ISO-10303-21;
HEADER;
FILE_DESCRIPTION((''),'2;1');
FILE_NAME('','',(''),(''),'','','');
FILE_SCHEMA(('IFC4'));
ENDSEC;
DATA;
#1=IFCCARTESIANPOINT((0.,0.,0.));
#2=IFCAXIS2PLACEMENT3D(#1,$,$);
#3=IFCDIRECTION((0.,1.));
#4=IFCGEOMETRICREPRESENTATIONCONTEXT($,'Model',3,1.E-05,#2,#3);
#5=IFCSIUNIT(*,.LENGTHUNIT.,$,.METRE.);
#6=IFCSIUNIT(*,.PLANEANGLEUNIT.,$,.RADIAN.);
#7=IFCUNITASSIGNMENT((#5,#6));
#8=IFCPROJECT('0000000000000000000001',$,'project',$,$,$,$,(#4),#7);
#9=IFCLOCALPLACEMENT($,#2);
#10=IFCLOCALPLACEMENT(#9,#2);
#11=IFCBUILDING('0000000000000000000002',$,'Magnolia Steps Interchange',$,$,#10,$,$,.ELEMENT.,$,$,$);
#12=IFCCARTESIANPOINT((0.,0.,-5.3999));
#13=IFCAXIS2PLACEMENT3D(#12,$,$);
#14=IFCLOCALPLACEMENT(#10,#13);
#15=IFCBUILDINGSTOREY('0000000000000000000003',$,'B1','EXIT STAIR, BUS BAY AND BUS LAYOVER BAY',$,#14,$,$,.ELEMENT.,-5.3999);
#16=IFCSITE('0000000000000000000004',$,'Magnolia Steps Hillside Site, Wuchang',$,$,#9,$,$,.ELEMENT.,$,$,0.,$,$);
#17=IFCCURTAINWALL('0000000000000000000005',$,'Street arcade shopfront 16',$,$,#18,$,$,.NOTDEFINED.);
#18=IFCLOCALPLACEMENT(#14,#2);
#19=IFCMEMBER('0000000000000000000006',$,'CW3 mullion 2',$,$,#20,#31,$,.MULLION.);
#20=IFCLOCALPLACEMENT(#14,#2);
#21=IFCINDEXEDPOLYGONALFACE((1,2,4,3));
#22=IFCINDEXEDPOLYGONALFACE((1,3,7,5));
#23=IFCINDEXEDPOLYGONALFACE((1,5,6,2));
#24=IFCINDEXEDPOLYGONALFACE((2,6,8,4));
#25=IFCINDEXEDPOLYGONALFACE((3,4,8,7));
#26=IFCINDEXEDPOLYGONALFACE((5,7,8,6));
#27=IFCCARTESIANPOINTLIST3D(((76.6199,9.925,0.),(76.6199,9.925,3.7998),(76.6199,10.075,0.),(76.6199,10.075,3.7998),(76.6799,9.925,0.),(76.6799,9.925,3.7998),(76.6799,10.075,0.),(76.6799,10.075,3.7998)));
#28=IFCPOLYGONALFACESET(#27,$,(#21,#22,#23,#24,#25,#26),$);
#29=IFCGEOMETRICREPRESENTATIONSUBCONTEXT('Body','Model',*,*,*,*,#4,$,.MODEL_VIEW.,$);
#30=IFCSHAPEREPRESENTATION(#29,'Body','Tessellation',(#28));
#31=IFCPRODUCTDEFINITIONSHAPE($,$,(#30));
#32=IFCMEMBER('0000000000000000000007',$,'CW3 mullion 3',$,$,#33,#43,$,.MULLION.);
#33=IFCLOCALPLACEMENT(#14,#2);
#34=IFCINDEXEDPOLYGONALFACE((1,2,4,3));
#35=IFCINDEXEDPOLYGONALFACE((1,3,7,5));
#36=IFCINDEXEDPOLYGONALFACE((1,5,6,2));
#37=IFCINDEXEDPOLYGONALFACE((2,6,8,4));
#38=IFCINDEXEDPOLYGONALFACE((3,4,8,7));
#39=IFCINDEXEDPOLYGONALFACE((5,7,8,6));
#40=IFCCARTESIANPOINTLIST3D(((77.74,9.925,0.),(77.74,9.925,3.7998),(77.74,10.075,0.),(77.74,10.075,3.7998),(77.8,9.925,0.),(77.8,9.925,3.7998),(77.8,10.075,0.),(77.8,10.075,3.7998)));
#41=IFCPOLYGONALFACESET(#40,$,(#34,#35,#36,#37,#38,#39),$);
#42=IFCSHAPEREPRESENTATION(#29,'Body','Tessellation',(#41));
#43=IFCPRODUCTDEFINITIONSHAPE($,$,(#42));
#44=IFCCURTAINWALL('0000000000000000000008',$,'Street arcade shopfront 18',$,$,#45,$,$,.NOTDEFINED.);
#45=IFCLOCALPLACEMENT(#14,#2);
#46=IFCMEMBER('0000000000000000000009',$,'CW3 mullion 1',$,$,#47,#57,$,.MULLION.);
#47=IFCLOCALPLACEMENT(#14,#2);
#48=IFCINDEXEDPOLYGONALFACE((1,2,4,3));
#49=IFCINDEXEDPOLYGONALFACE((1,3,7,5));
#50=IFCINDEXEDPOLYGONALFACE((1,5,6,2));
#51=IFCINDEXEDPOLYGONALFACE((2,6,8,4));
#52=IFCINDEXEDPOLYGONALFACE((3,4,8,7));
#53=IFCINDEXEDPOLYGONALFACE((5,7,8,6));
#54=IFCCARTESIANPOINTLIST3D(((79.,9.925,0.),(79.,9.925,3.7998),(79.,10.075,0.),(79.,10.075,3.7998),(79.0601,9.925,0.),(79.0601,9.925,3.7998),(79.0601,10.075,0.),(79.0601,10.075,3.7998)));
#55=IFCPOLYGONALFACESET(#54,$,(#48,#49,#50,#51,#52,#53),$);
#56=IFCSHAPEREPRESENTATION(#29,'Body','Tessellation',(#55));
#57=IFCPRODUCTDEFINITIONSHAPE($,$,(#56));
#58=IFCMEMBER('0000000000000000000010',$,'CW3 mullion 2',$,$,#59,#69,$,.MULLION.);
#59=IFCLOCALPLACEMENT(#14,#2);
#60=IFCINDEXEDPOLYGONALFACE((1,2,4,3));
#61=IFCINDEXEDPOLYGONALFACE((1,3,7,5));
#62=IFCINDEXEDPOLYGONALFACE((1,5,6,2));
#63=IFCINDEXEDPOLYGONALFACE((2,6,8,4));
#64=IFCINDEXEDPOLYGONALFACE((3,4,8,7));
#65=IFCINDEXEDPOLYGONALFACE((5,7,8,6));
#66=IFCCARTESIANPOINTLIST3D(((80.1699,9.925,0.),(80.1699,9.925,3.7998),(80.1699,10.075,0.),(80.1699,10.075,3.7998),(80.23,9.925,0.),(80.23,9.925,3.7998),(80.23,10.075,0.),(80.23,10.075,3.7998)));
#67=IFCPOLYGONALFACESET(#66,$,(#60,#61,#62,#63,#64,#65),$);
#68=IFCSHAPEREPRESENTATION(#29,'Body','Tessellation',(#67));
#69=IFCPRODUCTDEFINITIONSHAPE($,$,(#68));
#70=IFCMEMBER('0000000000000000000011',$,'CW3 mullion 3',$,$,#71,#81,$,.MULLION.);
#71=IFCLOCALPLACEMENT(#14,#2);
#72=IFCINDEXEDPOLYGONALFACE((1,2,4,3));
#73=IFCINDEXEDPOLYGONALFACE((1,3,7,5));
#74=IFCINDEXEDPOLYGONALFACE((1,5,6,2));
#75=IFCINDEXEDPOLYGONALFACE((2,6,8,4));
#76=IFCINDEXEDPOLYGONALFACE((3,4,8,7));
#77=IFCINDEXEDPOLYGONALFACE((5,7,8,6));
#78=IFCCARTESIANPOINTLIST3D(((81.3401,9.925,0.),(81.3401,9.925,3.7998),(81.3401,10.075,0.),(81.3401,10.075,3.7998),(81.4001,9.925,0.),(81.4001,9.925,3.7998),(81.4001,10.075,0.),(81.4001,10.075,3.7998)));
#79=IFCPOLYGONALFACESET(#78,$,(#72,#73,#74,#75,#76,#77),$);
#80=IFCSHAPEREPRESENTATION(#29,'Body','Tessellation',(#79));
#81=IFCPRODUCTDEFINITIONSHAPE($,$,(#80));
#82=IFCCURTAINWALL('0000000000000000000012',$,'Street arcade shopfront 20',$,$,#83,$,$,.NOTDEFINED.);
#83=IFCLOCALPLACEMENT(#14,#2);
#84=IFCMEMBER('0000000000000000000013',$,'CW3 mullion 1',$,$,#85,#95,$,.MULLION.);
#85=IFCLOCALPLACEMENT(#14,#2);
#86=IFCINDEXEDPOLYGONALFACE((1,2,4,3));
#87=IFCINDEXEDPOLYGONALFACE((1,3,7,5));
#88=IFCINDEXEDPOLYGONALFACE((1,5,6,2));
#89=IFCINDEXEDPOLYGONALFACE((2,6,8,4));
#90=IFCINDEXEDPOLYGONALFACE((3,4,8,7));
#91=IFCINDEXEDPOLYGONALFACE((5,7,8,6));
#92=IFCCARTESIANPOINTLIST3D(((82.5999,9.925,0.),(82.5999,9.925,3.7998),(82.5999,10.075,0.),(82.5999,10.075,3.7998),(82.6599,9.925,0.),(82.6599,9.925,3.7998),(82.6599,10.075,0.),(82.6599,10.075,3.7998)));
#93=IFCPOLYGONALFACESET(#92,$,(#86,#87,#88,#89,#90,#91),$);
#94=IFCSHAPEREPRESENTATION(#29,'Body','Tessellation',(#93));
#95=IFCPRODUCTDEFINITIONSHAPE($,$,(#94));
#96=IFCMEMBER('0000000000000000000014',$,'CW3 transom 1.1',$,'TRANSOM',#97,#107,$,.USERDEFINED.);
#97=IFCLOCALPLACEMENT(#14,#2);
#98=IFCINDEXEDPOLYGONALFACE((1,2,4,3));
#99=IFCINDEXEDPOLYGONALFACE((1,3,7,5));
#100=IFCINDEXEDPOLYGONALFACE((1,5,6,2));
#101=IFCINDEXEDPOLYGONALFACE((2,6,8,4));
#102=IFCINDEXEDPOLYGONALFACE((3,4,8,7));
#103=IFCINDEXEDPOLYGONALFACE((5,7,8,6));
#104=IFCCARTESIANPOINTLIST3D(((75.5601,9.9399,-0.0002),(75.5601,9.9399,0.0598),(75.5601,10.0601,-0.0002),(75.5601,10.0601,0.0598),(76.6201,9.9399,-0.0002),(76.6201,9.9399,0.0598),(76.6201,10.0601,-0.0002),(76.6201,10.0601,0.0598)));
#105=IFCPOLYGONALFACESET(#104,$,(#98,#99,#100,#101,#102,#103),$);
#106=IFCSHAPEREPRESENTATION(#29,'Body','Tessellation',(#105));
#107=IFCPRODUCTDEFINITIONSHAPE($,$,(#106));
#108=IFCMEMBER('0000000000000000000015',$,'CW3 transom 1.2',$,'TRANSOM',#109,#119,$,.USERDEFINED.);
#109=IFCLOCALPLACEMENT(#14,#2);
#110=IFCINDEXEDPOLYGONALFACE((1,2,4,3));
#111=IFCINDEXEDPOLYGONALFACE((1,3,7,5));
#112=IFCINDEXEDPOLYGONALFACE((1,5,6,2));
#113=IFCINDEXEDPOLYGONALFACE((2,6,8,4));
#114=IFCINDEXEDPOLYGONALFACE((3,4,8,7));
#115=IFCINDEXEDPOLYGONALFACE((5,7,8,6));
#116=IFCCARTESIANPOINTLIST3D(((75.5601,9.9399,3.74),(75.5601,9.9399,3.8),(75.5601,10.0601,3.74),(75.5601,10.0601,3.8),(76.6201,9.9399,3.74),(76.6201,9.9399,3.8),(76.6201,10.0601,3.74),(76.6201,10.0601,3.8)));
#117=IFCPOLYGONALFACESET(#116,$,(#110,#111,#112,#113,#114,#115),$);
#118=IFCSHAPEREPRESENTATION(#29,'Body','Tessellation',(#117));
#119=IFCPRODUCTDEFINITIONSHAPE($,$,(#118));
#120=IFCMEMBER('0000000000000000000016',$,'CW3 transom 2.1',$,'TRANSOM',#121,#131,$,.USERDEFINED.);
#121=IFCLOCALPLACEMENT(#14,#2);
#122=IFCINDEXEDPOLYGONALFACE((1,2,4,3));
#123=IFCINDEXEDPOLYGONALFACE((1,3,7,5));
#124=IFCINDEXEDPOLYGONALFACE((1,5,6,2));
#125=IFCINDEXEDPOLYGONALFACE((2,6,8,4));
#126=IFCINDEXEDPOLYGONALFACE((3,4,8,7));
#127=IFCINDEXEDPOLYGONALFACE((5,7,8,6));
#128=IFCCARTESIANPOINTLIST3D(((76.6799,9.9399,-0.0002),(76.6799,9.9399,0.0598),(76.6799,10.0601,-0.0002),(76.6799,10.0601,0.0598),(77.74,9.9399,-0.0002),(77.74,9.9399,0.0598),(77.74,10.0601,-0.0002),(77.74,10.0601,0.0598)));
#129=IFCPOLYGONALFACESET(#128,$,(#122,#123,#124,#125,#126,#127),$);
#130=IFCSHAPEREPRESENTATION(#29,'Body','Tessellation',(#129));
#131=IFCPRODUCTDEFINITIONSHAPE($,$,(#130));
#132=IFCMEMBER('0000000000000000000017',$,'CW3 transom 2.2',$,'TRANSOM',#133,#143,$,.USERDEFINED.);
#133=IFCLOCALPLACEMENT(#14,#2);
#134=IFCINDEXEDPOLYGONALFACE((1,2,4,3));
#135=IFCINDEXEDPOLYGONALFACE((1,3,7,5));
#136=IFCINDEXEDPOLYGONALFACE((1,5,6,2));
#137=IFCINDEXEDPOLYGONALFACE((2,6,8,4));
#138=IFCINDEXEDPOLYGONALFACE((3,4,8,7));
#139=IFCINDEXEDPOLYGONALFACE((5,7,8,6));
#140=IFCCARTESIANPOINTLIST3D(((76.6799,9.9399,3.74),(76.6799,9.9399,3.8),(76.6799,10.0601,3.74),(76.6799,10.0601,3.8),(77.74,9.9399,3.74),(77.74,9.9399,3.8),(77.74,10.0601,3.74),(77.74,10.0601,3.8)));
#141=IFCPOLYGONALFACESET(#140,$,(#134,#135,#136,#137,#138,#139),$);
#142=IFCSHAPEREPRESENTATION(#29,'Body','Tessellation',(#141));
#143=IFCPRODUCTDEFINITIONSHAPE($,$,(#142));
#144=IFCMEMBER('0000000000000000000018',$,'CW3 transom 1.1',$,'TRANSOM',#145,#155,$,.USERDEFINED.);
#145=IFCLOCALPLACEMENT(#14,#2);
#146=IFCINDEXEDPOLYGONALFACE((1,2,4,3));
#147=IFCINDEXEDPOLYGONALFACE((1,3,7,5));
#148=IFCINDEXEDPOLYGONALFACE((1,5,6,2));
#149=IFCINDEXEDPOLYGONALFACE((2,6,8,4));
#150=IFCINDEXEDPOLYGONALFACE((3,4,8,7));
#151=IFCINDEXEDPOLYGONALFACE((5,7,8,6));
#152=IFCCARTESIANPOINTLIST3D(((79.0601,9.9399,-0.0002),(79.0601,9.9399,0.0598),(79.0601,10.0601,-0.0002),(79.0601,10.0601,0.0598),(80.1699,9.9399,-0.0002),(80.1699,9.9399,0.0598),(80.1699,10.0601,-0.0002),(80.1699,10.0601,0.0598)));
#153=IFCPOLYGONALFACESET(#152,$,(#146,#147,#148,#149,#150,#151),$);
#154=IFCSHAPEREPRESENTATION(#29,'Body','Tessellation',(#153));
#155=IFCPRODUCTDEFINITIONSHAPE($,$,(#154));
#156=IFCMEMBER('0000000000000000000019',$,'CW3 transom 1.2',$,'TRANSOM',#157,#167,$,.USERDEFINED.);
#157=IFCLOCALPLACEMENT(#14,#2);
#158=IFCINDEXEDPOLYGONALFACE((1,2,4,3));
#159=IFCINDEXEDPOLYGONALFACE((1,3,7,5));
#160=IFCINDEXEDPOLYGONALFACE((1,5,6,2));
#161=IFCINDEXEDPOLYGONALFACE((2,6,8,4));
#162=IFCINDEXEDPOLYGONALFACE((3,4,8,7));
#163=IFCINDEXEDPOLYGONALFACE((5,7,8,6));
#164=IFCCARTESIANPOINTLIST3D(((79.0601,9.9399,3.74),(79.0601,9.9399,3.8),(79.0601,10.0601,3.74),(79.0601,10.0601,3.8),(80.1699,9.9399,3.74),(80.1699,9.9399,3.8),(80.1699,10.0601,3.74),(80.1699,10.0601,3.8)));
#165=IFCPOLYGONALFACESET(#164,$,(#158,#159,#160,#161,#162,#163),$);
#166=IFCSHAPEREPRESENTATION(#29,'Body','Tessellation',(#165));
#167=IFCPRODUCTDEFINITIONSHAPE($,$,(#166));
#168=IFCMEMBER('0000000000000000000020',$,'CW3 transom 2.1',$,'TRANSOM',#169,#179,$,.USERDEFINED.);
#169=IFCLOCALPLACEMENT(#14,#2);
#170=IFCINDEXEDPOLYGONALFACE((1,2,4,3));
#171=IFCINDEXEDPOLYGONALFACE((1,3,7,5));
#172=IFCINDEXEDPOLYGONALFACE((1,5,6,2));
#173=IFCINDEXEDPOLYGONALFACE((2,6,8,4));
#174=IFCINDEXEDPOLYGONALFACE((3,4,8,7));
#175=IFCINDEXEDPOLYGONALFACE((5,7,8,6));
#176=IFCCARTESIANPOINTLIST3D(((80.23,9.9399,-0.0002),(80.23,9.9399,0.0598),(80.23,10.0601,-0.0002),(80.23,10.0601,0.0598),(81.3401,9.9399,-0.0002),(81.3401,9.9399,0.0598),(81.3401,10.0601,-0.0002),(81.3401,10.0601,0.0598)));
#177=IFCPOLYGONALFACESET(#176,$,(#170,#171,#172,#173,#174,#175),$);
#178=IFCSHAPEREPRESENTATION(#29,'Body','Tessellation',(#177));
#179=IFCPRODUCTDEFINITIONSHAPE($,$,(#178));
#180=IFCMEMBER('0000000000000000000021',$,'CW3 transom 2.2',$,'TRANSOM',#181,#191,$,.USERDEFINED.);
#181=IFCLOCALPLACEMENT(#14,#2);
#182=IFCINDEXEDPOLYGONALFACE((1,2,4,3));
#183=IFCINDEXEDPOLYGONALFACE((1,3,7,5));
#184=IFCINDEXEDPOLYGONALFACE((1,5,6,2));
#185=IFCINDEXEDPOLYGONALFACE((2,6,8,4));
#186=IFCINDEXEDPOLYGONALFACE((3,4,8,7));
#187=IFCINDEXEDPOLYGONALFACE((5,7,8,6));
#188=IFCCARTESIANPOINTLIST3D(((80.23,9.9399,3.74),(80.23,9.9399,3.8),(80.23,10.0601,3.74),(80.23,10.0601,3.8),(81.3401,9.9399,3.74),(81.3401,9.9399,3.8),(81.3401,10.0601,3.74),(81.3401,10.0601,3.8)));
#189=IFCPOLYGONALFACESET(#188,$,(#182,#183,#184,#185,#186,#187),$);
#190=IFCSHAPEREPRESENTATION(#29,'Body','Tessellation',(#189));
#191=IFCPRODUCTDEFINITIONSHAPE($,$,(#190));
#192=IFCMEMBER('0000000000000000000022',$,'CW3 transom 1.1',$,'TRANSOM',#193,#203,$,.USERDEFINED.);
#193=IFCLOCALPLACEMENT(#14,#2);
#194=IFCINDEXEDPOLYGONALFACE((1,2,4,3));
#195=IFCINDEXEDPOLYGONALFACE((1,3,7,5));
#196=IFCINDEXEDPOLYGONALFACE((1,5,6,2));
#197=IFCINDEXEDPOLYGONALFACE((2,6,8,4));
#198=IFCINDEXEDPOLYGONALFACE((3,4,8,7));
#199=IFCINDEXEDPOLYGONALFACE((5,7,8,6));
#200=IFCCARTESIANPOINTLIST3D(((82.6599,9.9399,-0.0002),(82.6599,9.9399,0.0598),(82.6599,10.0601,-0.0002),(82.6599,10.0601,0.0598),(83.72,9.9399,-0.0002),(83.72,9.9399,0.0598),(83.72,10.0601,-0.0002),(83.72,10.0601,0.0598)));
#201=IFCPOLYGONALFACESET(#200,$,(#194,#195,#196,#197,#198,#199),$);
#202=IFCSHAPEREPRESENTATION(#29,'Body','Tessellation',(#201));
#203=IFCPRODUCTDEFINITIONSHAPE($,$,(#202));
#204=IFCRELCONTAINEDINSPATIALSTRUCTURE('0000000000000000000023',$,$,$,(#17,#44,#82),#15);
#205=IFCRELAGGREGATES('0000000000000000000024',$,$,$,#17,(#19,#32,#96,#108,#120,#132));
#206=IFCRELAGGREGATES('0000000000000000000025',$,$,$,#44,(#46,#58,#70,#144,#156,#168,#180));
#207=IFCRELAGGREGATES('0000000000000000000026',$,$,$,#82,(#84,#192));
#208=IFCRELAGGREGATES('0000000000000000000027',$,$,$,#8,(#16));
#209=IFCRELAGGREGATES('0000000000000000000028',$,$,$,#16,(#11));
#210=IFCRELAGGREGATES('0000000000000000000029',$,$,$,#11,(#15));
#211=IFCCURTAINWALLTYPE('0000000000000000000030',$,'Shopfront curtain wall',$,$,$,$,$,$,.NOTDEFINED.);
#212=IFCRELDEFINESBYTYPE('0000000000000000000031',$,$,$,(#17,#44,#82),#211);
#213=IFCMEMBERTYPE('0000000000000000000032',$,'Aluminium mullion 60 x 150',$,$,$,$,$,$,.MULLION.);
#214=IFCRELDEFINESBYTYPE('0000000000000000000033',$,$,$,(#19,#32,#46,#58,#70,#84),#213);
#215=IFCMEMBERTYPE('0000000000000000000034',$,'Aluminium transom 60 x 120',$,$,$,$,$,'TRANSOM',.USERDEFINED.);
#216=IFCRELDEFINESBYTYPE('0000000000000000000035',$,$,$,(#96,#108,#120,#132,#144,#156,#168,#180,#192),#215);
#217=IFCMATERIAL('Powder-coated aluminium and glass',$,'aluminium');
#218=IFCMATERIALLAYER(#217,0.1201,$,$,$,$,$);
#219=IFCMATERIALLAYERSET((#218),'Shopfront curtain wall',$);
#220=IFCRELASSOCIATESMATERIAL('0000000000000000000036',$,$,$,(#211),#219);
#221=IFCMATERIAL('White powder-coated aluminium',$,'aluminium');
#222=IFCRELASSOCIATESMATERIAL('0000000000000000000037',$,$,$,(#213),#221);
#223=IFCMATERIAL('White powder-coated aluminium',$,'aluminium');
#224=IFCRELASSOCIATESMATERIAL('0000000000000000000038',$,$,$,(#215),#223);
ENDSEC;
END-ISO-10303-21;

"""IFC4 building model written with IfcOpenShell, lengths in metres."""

from ifc_helpers import new_model, si_unit, direction, frame, origin, origin_2d, place, context, subcontext, project, spatial, rectangle, extrude, material, layer, layer_set, material_profile, profile_set, type_object, element, aggregate, save


model = new_model("IFC4")

# Units and contexts
model_context = context("Model", 3, precision=1e-05, world=origin(), true_north=direction((0.0, 1.0)))
body_context = subcontext(model_context, "Body", "Model", "MODEL_VIEW")
ifc_project = project(units=[si_unit("LENGTHUNIT", "METRE"), si_unit("PLANEANGLEUNIT", "RADIAN")], contexts=[model_context])

# Site, building, storey
site_placement = place(None, origin())
site = spatial("IfcSite", under=ifc_project, at=site_placement, Name="Magnolia Steps Hillside Site, Wuchang", CompositionType="ELEMENT", RefElevation=0.0)
building_placement = place(site_placement, origin())
building = spatial("IfcBuilding", under=site, at=building_placement, Name="Magnolia Steps Interchange", CompositionType="ELEMENT")
storey_placement = place(building_placement, frame((0.0, 0.0, -5.3999)))
storey = spatial("IfcBuildingStorey", under=building, at=storey_placement, Name="B1", Description="EXIT STAIR, BUS BAY AND BUS LAYOVER BAY", CompositionType="ELEMENT", Elevation=-5.3999)

# Curtain walls, members
ifc_material_1 = material(Name="Powder-coated aluminium and glass", Category="aluminium")
ifc_layer_1 = layer(ifc_material_1, 0.1201)
ifc_layer_set_1 = layer_set([ifc_layer_1], Name="Shopfront curtain wall")
curtain_wall_type = type_object("IfcCurtainWallType", Name="Shopfront curtain wall", PredefinedType="NOTDEFINED", material=ifc_layer_set_1)
curtain_wall_1_placement = place(storey_placement, origin())
curtain_wall_1 = element("IfcCurtainWall", 1, at=curtain_wall_1_placement, inside=storey, type_object=curtain_wall_type, Name="Street arcade shopfront 16", PredefinedType="NOTDEFINED")
ifc_material_2 = material(Name="White powder-coated aluminium", Category="aluminium")
ifc_material_profile_1 = material_profile(ifc_material_2, rectangle(XDim=0.0601, YDim=0.1499, at=origin_2d()), Name="Aluminium mullion 60 x 150")
ifc_profile_set_1 = profile_set([ifc_material_profile_1], Name="White powder-coated aluminium")
member_type_1 = type_object("IfcMemberType", Name="Aluminium mullion 60 x 150", PredefinedType="MULLION", material=ifc_profile_set_1)
member_1_placement = place(storey_placement, frame((76.6499, 10.0, 0.0), z_axis=(0.0, 0.0, 1.0), x_axis=(1.0, 0.0, 0.0)))
member_1 = element("IfcMember", 2, at=member_1_placement, type_object=member_type_1, Name="CW3 mullion 2", PredefinedType="MULLION", context=body_context, shape_type="SweptSolid", body=[
    extrude(rectangle(XDim=0.0601, YDim=0.1499, at=origin_2d()), origin(), (0.0, 0.0, 1.0), 3.7998),
])
member_2_placement = place(storey_placement, frame((77.77, 10.0, 0.0), z_axis=(0.0, 0.0, 1.0), x_axis=(1.0, 0.0, 0.0)))
member_2 = element("IfcMember", 3, at=member_2_placement, type_object=member_type_1, Name="CW3 mullion 3", PredefinedType="MULLION", context=body_context, shape_type="SweptSolid", body=[
    extrude(rectangle(XDim=0.0601, YDim=0.1499, at=origin_2d()), origin(), (0.0, 0.0, 1.0), 3.7998),
])
curtain_wall_2_placement = place(storey_placement, origin())
curtain_wall_2 = element("IfcCurtainWall", 4, at=curtain_wall_2_placement, inside=storey, type_object=curtain_wall_type, Name="Street arcade shopfront 18", PredefinedType="NOTDEFINED")
member_3_placement = place(storey_placement, frame((79.03, 10.0, 0.0), z_axis=(0.0, 0.0, 1.0), x_axis=(1.0, 0.0, 0.0)))
member_3 = element("IfcMember", 5, at=member_3_placement, type_object=member_type_1, Name="CW3 mullion 1", PredefinedType="MULLION", context=body_context, shape_type="SweptSolid", body=[
    extrude(rectangle(XDim=0.0601, YDim=0.1499, at=origin_2d()), origin(), (0.0, 0.0, 1.0), 3.7998),
])
member_4_placement = place(storey_placement, frame((80.2, 10.0, 0.0), z_axis=(0.0, 0.0, 1.0), x_axis=(1.0, 0.0, 0.0)))
member_4 = element("IfcMember", 6, at=member_4_placement, type_object=member_type_1, Name="CW3 mullion 2", PredefinedType="MULLION", context=body_context, shape_type="SweptSolid", body=[
    extrude(rectangle(XDim=0.0601, YDim=0.1499, at=origin_2d()), origin(), (0.0, 0.0, 1.0), 3.7998),
])
member_5_placement = place(storey_placement, frame((81.3701, 10.0, 0.0), z_axis=(0.0, 0.0, 1.0), x_axis=(1.0, 0.0, 0.0)))
member_5 = element("IfcMember", 7, at=member_5_placement, type_object=member_type_1, Name="CW3 mullion 3", PredefinedType="MULLION", context=body_context, shape_type="SweptSolid", body=[
    extrude(rectangle(XDim=0.0601, YDim=0.1499, at=origin_2d()), origin(), (0.0, 0.0, 1.0), 3.7998),
])

# Curtain wall, member
curtain_wall_3_placement = place(storey_placement, origin())
curtain_wall_3 = element("IfcCurtainWall", 8, at=curtain_wall_3_placement, inside=storey, type_object=curtain_wall_type, Name="Street arcade shopfront 20", PredefinedType="NOTDEFINED")
member_6_placement = place(storey_placement, frame((82.6299, 10.0, 0.0), z_axis=(0.0, 0.0, 1.0), x_axis=(1.0, 0.0, 0.0)))
member_6 = element("IfcMember", 9, at=member_6_placement, type_object=member_type_1, Name="CW3 mullion 1", PredefinedType="MULLION", context=body_context, shape_type="SweptSolid", body=[
    extrude(rectangle(XDim=0.0601, YDim=0.1499, at=origin_2d()), origin(), (0.0, 0.0, 1.0), 3.7998),
])

# Members
ifc_material_3 = material(Name="White powder-coated aluminium", Category="aluminium")
ifc_material_profile_2 = material_profile(ifc_material_3, rectangle(XDim=0.0601, YDim=0.1201, at=origin_2d()), Name="Aluminium transom 60 x 120")
ifc_profile_set_2 = profile_set([ifc_material_profile_2], Name="White powder-coated aluminium")
member_type_2 = type_object("IfcMemberType", Name="Aluminium transom 60 x 120", ElementType="TRANSOM", PredefinedType="USERDEFINED", material=ifc_profile_set_2)
member_7_placement = place(storey_placement, frame((75.5601, 10.0, 0.0298), z_axis=(1.0, 0.0, 0.0), x_axis=(0.0, 0.0, 1.0)))
member_7 = element("IfcMember", 10, at=member_7_placement, type_object=member_type_2, Name="CW3 transom 1.1", ObjectType="TRANSOM", PredefinedType="USERDEFINED", context=body_context, shape_type="SweptSolid", body=[
    extrude(rectangle(XDim=0.0601, YDim=0.1201, at=origin_2d()), origin(), (0.0, 0.0, 1.0), 1.0601),
])
member_8_placement = place(storey_placement, frame((75.5601, 10.0, 3.77), z_axis=(1.0, 0.0, 0.0), x_axis=(0.0, 0.0, 1.0)))
member_8 = element("IfcMember", 11, at=member_8_placement, type_object=member_type_2, Name="CW3 transom 1.2", ObjectType="TRANSOM", PredefinedType="USERDEFINED", context=body_context, shape_type="SweptSolid", body=[
    extrude(rectangle(XDim=0.0601, YDim=0.1201, at=origin_2d()), origin(), (0.0, 0.0, 1.0), 1.0601),
])
member_9_placement = place(storey_placement, frame((76.6799, 10.0, 0.0298), z_axis=(1.0, 0.0, 0.0), x_axis=(0.0, 0.0, 1.0)))
member_9 = element("IfcMember", 12, at=member_9_placement, type_object=member_type_2, Name="CW3 transom 2.1", ObjectType="TRANSOM", PredefinedType="USERDEFINED", context=body_context, shape_type="SweptSolid", body=[
    extrude(rectangle(XDim=0.0601, YDim=0.1201, at=origin_2d()), origin(), (0.0, 0.0, 1.0), 1.0601),
])
member_10_placement = place(storey_placement, frame((76.6799, 10.0, 3.77), z_axis=(1.0, 0.0, 0.0), x_axis=(0.0, 0.0, 1.0)))
member_10 = element("IfcMember", 13, at=member_10_placement, type_object=member_type_2, Name="CW3 transom 2.2", ObjectType="TRANSOM", PredefinedType="USERDEFINED", context=body_context, shape_type="SweptSolid", body=[
    extrude(rectangle(XDim=0.0601, YDim=0.1201, at=origin_2d()), origin(), (0.0, 0.0, 1.0), 1.0601),
])
member_11_placement = place(storey_placement, frame((79.0601, 10.0, 0.0298), z_axis=(1.0, 0.0, 0.0), x_axis=(0.0, 0.0, 1.0)))
member_11 = element("IfcMember", 14, at=member_11_placement, type_object=member_type_2, Name="CW3 transom 1.1", ObjectType="TRANSOM", PredefinedType="USERDEFINED", context=body_context, shape_type="SweptSolid", body=[
    extrude(rectangle(XDim=0.0601, YDim=0.1201, at=origin_2d()), origin(), (0.0, 0.0, 1.0), 1.1099),
])
member_12_placement = place(storey_placement, frame((79.0601, 10.0, 3.77), z_axis=(1.0, 0.0, 0.0), x_axis=(0.0, 0.0, 1.0)))
member_12 = element("IfcMember", 15, at=member_12_placement, type_object=member_type_2, Name="CW3 transom 1.2", ObjectType="TRANSOM", PredefinedType="USERDEFINED", context=body_context, shape_type="SweptSolid", body=[
    extrude(rectangle(XDim=0.0601, YDim=0.1201, at=origin_2d()), origin(), (0.0, 0.0, 1.0), 1.1099),
])
member_13_placement = place(storey_placement, frame((80.23, 10.0, 0.0298), z_axis=(1.0, 0.0, 0.0), x_axis=(0.0, 0.0, 1.0)))
member_13 = element("IfcMember", 16, at=member_13_placement, type_object=member_type_2, Name="CW3 transom 2.1", ObjectType="TRANSOM", PredefinedType="USERDEFINED", context=body_context, shape_type="SweptSolid", body=[
    extrude(rectangle(XDim=0.0601, YDim=0.1201, at=origin_2d()), origin(), (0.0, 0.0, 1.0), 1.1101),
])
member_14_placement = place(storey_placement, frame((80.23, 10.0, 3.77), z_axis=(1.0, 0.0, 0.0), x_axis=(0.0, 0.0, 1.0)))
member_14 = element("IfcMember", 17, at=member_14_placement, type_object=member_type_2, Name="CW3 transom 2.2", ObjectType="TRANSOM", PredefinedType="USERDEFINED", context=body_context, shape_type="SweptSolid", body=[
    extrude(rectangle(XDim=0.0601, YDim=0.1201, at=origin_2d()), origin(), (0.0, 0.0, 1.0), 1.1101),
])
member_15_placement = place(storey_placement, frame((82.6599, 10.0, 0.0298), z_axis=(1.0, 0.0, 0.0), x_axis=(0.0, 0.0, 1.0)))
member_15 = element("IfcMember", 18, at=member_15_placement, type_object=member_type_2, Name="CW3 transom 1.1", ObjectType="TRANSOM", PredefinedType="USERDEFINED", context=body_context, shape_type="SweptSolid", body=[
    extrude(rectangle(XDim=0.0601, YDim=0.1201, at=origin_2d()), origin(), (0.0, 0.0, 1.0), 1.0601),
])

aggregate(curtain_wall_1, [member_1, member_2, member_7, member_8, member_9, member_10])
aggregate(curtain_wall_2, [member_3, member_4, member_5, member_11, member_12, member_13, member_14])
aggregate(curtain_wall_3, [member_6, member_15])

save(model, "model.ifc")
